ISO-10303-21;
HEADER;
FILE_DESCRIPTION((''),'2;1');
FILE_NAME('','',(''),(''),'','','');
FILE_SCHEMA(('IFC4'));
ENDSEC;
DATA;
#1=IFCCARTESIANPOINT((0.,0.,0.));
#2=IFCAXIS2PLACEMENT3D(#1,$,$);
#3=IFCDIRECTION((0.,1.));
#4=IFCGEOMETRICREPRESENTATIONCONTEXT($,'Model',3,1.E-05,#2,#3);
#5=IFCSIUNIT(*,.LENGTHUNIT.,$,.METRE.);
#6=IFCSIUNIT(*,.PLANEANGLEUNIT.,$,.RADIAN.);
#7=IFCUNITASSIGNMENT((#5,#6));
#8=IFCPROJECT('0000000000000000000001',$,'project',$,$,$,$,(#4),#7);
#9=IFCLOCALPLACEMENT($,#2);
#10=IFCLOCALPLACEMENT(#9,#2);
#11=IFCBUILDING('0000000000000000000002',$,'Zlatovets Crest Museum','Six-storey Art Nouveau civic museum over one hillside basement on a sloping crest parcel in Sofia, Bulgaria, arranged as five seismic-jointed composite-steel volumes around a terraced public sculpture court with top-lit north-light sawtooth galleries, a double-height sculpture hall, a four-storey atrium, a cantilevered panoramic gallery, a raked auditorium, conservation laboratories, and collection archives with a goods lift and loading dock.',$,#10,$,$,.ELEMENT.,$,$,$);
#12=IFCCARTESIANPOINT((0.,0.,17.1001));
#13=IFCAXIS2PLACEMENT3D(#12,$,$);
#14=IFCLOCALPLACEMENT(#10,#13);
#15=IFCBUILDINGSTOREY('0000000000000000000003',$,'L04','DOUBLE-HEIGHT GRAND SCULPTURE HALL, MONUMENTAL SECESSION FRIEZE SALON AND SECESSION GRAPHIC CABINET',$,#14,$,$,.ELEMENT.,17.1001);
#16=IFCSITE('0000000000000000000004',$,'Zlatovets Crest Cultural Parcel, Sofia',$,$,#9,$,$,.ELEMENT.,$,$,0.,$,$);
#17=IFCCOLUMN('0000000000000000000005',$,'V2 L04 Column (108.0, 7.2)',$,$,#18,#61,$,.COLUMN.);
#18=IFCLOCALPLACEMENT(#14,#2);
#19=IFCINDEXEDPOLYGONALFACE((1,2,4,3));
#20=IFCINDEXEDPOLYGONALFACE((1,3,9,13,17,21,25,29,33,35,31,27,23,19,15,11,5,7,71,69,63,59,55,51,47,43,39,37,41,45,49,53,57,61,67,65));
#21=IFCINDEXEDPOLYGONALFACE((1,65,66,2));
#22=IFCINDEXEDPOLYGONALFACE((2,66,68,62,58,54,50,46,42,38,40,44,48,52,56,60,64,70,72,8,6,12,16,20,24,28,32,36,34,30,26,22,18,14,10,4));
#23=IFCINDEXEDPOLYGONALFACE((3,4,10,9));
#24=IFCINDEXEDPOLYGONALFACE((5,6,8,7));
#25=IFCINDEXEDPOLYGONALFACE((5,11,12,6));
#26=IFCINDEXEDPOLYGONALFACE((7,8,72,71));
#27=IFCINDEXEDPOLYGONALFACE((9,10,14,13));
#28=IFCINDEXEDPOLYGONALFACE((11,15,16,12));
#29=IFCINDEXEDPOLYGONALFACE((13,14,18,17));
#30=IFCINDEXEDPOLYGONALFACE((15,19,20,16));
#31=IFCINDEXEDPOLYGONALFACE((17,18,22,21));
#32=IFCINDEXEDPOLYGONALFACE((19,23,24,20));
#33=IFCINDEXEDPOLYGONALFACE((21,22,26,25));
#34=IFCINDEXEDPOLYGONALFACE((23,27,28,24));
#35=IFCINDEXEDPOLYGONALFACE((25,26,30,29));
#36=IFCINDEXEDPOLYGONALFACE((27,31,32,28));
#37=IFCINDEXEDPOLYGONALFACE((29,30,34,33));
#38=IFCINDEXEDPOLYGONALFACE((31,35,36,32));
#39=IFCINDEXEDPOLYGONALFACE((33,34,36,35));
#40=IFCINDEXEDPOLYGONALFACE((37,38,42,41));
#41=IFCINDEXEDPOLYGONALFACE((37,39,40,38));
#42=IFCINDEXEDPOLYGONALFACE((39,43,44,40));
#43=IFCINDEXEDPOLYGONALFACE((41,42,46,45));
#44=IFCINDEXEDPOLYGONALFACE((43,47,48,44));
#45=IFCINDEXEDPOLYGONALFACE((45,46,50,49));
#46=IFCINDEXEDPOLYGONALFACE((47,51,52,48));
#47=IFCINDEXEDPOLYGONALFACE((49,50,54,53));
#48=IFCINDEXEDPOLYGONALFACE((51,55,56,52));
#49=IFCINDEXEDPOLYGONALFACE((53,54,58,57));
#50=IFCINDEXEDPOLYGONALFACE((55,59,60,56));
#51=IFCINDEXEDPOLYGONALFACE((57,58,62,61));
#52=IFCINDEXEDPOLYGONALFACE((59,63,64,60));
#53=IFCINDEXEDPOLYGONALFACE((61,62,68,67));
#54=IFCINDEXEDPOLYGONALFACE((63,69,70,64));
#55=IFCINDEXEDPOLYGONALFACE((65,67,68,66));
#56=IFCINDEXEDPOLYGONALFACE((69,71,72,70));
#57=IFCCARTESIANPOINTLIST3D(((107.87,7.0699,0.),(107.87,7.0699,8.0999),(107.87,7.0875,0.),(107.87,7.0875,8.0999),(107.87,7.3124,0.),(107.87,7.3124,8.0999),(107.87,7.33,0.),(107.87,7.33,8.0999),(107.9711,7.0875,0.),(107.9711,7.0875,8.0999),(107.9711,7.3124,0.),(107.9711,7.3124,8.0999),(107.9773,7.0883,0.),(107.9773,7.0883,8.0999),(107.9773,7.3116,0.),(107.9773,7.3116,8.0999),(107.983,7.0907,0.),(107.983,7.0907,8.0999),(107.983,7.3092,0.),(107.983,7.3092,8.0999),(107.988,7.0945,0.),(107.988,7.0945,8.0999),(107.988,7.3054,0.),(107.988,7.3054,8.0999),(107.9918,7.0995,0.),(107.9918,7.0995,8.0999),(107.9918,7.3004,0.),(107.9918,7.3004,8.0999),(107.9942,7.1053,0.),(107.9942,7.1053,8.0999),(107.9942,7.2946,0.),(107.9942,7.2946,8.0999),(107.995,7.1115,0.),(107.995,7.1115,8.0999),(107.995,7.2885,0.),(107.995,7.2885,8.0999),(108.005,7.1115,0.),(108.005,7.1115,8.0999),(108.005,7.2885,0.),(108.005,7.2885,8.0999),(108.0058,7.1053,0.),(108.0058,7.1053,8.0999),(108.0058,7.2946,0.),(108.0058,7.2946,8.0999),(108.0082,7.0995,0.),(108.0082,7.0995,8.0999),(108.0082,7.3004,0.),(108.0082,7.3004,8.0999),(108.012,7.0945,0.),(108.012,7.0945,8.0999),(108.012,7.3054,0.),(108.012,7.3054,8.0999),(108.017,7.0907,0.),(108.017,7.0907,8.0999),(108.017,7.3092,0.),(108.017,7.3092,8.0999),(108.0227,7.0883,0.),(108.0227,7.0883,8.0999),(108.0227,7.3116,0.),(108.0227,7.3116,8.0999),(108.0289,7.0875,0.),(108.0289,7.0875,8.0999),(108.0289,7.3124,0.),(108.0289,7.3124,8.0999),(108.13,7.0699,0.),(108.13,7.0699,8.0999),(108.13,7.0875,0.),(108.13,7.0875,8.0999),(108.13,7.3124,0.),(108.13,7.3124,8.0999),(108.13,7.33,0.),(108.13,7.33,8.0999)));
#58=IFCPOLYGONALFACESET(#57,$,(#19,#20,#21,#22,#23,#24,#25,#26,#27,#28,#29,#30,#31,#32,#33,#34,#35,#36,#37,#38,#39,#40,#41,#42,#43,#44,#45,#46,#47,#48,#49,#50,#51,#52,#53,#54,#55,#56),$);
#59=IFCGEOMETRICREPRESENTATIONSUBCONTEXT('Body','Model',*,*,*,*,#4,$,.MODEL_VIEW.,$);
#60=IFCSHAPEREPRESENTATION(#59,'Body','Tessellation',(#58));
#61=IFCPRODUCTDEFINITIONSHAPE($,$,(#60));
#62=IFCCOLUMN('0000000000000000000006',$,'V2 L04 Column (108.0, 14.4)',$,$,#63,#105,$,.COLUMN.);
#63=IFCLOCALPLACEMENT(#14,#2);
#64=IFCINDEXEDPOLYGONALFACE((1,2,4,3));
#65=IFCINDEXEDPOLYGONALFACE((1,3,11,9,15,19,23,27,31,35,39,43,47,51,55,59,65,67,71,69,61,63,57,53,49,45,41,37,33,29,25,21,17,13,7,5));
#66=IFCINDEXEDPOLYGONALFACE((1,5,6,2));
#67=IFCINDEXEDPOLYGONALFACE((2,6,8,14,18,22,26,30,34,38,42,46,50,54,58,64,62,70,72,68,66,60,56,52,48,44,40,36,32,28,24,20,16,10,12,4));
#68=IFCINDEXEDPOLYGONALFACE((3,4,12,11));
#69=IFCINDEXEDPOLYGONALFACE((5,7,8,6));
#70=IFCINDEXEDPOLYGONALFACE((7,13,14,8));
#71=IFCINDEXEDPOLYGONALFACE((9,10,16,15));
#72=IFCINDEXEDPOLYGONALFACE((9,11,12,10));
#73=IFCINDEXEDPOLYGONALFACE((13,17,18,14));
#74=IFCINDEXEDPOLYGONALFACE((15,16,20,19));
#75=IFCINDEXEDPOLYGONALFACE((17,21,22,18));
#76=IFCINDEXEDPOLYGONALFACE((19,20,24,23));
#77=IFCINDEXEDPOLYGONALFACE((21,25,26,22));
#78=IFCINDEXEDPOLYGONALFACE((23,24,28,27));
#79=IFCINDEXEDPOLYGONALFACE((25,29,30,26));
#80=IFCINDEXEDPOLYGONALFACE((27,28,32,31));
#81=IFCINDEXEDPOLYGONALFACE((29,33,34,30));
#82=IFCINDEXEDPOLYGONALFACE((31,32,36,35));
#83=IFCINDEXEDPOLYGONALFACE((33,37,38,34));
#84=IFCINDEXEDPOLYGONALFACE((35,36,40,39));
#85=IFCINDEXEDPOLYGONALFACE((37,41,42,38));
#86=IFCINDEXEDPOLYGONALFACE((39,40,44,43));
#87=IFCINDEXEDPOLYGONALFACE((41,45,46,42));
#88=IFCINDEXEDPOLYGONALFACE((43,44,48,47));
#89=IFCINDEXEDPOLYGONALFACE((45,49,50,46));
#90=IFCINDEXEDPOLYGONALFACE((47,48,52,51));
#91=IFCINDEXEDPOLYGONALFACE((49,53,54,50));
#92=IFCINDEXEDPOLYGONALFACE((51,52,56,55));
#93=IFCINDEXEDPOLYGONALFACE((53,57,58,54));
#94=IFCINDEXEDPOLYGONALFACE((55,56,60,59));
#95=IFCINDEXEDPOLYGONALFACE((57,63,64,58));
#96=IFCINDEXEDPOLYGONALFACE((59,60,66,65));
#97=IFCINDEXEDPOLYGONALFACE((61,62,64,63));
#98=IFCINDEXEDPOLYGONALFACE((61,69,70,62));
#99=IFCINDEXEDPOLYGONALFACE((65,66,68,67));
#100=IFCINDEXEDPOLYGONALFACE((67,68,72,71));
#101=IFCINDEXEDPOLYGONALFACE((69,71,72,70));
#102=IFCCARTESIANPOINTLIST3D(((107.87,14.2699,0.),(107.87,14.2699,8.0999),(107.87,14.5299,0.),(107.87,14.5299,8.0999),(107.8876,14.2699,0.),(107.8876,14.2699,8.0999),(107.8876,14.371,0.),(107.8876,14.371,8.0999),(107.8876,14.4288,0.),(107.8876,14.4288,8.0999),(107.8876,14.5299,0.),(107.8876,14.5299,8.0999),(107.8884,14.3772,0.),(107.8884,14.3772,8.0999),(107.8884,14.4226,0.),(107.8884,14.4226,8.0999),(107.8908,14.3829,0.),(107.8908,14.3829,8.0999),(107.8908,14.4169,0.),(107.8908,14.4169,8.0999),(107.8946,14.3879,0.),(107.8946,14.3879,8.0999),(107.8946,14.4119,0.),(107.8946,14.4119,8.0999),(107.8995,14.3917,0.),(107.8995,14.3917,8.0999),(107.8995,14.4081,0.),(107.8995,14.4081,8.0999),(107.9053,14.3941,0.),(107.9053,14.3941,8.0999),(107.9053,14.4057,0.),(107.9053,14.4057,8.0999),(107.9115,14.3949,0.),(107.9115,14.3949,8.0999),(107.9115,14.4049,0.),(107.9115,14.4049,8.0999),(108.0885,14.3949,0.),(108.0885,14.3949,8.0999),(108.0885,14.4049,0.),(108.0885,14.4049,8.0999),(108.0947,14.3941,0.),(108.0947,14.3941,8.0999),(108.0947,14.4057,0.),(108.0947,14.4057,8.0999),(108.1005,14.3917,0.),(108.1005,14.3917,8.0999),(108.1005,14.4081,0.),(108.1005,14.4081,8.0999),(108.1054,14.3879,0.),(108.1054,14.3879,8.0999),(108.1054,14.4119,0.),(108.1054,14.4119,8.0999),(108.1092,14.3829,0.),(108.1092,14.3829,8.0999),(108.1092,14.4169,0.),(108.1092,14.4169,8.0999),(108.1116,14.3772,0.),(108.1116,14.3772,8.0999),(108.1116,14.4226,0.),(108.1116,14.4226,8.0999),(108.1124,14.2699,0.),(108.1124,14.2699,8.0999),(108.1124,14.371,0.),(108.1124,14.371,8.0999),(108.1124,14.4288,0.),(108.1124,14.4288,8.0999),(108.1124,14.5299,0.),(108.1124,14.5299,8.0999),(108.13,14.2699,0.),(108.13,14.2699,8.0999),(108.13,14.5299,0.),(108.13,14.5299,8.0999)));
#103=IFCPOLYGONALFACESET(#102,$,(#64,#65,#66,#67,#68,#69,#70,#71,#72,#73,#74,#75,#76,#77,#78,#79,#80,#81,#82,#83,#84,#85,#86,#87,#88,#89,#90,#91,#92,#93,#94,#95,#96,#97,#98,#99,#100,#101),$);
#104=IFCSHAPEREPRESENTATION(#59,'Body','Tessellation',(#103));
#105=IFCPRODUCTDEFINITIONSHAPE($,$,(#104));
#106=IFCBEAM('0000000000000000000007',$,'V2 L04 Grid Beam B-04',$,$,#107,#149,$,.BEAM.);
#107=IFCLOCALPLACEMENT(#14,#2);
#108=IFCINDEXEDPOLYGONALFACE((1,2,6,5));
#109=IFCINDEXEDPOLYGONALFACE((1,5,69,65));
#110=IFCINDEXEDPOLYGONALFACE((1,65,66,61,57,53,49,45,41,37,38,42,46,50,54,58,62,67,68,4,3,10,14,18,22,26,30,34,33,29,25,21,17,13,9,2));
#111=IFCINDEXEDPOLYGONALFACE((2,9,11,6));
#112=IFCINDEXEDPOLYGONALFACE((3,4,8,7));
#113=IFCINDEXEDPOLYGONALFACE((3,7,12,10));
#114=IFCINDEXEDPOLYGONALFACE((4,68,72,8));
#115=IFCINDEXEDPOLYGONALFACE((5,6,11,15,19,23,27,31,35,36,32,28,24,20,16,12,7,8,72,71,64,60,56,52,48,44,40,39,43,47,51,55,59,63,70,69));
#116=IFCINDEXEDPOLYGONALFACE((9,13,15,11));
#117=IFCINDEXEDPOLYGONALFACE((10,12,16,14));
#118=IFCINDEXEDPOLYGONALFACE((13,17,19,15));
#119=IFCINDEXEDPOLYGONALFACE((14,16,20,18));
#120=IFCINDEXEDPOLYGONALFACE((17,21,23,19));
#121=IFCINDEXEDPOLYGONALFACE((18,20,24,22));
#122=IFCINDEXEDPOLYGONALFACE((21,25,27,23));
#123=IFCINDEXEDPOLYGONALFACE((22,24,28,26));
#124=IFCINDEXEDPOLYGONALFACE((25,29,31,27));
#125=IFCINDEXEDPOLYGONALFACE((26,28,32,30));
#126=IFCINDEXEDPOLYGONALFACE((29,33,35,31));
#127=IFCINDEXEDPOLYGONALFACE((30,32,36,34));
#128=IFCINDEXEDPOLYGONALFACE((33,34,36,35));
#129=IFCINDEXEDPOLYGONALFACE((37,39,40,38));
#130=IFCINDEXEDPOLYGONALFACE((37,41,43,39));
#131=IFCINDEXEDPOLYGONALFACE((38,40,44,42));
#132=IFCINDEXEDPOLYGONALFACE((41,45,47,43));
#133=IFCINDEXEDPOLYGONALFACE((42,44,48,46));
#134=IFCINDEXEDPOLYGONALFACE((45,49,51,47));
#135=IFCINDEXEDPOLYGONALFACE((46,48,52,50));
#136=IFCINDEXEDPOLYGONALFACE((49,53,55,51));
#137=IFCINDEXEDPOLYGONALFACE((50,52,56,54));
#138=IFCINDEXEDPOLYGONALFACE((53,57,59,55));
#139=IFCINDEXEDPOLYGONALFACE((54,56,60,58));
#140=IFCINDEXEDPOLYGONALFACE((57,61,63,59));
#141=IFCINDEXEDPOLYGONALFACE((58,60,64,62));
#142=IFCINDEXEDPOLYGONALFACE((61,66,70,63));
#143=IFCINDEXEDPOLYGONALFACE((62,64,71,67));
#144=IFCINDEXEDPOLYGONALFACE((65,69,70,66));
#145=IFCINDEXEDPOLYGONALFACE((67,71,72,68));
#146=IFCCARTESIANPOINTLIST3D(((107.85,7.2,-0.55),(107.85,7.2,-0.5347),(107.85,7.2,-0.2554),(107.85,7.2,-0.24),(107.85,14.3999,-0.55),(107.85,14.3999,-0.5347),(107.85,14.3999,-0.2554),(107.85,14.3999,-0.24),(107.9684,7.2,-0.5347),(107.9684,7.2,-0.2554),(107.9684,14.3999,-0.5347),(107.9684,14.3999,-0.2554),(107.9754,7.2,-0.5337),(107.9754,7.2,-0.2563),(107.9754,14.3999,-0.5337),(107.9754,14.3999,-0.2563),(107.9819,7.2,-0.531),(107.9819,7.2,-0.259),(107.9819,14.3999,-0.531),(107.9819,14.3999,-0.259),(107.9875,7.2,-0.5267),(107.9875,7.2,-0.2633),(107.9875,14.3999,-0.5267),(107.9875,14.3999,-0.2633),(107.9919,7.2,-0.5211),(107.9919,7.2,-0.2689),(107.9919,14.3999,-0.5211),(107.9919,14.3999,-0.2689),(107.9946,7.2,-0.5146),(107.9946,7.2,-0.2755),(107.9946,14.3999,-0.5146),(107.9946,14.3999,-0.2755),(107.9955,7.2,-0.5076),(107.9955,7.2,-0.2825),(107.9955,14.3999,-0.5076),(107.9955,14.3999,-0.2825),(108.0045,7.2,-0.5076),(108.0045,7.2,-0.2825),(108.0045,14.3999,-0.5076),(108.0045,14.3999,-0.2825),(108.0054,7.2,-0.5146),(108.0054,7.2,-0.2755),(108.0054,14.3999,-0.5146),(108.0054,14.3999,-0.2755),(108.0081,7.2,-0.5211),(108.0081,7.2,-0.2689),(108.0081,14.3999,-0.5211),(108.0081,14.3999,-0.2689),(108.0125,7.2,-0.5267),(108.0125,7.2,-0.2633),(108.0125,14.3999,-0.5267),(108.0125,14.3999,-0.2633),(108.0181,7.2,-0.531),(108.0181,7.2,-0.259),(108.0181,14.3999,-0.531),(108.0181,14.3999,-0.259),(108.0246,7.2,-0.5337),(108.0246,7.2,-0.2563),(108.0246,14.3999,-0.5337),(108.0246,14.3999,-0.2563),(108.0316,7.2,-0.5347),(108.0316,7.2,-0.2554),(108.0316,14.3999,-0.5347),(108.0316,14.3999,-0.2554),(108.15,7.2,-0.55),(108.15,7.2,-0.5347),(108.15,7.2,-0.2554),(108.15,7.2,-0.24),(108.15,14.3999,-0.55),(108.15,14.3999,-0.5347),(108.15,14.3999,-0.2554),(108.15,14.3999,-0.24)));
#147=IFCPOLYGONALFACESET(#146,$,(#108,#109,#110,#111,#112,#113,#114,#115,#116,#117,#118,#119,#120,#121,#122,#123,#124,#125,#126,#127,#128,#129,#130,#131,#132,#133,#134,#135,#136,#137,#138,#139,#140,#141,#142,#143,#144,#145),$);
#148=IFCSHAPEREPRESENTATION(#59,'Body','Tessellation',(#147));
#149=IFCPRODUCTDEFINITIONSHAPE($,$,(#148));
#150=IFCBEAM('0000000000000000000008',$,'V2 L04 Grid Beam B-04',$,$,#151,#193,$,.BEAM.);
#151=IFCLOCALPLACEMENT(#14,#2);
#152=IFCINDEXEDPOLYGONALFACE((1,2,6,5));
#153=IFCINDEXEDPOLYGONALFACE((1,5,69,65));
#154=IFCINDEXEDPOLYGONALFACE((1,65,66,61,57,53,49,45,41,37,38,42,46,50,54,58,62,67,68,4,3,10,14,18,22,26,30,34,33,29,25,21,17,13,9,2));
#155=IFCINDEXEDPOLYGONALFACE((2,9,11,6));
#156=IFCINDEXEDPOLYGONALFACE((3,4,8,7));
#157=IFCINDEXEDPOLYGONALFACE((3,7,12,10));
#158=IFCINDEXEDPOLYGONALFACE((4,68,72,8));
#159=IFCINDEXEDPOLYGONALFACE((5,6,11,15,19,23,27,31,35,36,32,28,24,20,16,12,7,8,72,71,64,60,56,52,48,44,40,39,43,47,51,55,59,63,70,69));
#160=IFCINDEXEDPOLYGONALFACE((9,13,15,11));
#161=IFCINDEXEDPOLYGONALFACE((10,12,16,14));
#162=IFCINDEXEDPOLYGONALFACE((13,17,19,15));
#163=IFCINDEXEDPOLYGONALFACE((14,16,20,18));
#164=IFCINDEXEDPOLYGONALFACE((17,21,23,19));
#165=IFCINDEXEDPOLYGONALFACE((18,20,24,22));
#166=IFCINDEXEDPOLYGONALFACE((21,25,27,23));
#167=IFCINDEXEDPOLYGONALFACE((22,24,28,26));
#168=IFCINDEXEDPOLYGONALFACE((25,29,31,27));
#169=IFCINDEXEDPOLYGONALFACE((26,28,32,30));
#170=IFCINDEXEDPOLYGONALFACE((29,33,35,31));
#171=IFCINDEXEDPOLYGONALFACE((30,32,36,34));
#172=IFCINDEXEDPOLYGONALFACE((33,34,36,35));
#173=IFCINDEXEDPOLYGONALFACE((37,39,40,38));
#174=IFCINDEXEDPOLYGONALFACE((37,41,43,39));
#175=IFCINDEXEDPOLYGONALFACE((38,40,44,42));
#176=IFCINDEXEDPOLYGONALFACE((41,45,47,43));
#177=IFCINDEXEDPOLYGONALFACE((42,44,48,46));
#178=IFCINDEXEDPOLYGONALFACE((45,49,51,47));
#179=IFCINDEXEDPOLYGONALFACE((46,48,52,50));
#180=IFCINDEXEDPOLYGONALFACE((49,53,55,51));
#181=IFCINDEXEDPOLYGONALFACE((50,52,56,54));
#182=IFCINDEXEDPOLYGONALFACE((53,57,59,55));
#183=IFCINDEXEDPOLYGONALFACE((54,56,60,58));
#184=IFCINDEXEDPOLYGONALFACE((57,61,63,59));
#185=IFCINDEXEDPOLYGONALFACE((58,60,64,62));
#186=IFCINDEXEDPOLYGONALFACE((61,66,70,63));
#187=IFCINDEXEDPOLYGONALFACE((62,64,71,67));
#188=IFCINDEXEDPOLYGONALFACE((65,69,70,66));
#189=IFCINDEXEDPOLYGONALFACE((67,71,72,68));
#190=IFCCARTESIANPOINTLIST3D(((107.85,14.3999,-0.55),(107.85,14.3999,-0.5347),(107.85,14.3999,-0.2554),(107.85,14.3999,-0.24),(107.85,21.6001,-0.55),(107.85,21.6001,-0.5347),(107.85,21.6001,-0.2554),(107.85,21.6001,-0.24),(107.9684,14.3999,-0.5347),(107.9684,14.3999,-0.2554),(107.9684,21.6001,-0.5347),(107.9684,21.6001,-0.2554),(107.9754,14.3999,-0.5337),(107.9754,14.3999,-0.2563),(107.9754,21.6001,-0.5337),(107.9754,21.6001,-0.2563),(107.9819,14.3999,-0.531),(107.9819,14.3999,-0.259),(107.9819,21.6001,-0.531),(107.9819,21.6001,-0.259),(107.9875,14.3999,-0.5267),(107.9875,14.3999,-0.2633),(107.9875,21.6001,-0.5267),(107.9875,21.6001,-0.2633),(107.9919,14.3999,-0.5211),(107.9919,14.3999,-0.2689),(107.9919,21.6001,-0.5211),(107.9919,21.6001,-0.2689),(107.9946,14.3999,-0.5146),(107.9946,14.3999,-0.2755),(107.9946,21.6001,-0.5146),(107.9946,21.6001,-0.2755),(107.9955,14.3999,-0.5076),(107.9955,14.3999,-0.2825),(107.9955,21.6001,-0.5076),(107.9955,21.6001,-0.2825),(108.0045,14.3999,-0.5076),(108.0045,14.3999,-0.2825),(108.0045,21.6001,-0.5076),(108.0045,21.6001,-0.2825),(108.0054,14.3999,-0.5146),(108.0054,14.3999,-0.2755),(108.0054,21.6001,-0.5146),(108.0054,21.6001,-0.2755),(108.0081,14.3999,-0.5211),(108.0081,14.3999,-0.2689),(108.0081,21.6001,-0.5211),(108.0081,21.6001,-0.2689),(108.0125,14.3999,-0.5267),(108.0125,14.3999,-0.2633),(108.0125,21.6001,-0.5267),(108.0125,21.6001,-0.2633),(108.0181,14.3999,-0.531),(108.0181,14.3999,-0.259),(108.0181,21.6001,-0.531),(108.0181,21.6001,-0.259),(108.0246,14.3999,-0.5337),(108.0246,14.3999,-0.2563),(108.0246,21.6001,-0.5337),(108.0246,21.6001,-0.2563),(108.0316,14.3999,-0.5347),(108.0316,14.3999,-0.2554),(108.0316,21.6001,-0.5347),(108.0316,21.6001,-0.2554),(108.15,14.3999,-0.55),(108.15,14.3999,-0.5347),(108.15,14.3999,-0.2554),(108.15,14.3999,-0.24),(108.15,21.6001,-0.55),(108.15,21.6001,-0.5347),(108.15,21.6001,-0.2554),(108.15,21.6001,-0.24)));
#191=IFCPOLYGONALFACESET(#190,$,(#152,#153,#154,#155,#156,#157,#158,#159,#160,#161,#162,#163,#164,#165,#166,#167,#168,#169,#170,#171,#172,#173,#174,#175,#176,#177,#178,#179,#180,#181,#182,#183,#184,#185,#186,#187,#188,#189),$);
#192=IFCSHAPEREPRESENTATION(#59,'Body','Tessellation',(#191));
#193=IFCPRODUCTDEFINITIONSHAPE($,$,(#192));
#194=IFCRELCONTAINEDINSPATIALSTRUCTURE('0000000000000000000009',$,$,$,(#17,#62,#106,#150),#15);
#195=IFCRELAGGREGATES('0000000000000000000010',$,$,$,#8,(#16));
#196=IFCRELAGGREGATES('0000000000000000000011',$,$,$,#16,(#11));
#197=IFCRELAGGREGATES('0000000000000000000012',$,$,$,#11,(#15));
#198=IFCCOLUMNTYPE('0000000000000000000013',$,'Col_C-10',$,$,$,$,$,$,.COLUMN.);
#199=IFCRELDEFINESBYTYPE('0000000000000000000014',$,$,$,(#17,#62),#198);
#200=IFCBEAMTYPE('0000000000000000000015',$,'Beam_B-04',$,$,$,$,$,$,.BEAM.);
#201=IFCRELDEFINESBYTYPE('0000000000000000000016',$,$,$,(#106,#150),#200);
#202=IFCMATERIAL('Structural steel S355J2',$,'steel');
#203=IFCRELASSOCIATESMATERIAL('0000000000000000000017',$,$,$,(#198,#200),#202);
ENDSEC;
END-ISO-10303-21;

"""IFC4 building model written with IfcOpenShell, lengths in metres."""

from ifc_helpers import new_model, si_unit, direction, frame, origin, origin_2d, place, context, subcontext, project, spatial, i_section, extrude, material, material_profile, profile_set, type_object, element, save


model = new_model("IFC4")

# Units and contexts
model_context = context("Model", 3, precision=1e-05, world=origin(), true_north=direction((0.0, 1.0)))
body_context = subcontext(model_context, "Body", "Model", "MODEL_VIEW")
ifc_project = project(units=[si_unit("LENGTHUNIT", "METRE"), si_unit("PLANEANGLEUNIT", "RADIAN")], contexts=[model_context])

# Site, building, storey
site_placement = place(None, origin())
site = spatial("IfcSite", under=ifc_project, at=site_placement, Name="Zlatovets Crest Cultural Parcel, Sofia", CompositionType="ELEMENT", RefElevation=0.0)
building_placement = place(site_placement, origin())
building = spatial("IfcBuilding", under=site, at=building_placement, Name="Zlatovets Crest Museum", Description="Six-storey Art Nouveau civic museum over one hillside basement on a sloping crest parcel in Sofia, Bulgaria, arranged as five seismic-jointed composite-steel volumes around a terraced public sculpture court with top-lit north-light sawtooth galleries, a double-height sculpture hall, a four-storey atrium, a cantilevered panoramic gallery, a raked auditorium, conservation laboratories, and collection archives with a goods lift and loading dock.", CompositionType="ELEMENT")
storey_placement = place(building_placement, frame((0.0, 0.0, 17.1001)))
storey = spatial("IfcBuildingStorey", under=building, at=storey_placement, Name="L04", Description="DOUBLE-HEIGHT GRAND SCULPTURE HALL, MONUMENTAL SECESSION FRIEZE SALON AND SECESSION GRAPHIC CABINET", CompositionType="ELEMENT", Elevation=17.1001)

# Columns
ifc_material_1 = material(Name="Structural steel S355J2", Category="steel")
ifc_material_profile_1 = material_profile(ifc_material_1, i_section(OverallWidth=0.26, OverallDepth=0.26, WebThickness=0.01, FlangeThickness=0.0176, FilletRadius=0.0239, at=origin_2d()), Name="HEB 260")
ifc_profile_set_1 = profile_set([ifc_material_profile_1], Name="Structural steel S355J2")
column_type = type_object("IfcColumnType", Name="Col_C-10", PredefinedType="COLUMN", material=ifc_profile_set_1)
for number, where, z_axis, x_axis, name in (
    (1, (108.0, 7.2, 0.0), (0.0, 0.0, 1.0), (1.0, 0.0, 0.0), "V2 L04 Column (108.0, 7.2)"),
    (2, (108.0, 14.3999, 0.0), (0.0, 0.0, 1.0), (0.0, 1.0, 0.0), "V2 L04 Column (108.0, 14.4)"),
):
    element("IfcColumn", number, at=place(storey_placement, frame(where, z_axis=z_axis, x_axis=x_axis)), inside=storey, type_object=column_type, Name=name, PredefinedType="COLUMN", context=body_context, shape_type="SweptSolid", body=[
        extrude(i_section(OverallWidth=0.26, OverallDepth=0.26, WebThickness=0.01, FlangeThickness=0.0176, FilletRadius=0.0239, at=origin_2d()), origin(), (0.0, 0.0, 1.0), 8.0999),
    ])

# Beams
ifc_material_profile_2 = material_profile(ifc_material_1, i_section(OverallWidth=0.3, OverallDepth=0.3101, WebThickness=0.009, FlangeThickness=0.0154, FilletRadius=0.0271, at=origin_2d()), Name="HEA 320")
ifc_profile_set_2 = profile_set([ifc_material_profile_2], Name="Structural steel S355J2")
beam_type_1 = type_object("IfcBeamType", Name="Beam_B-04", PredefinedType="BEAM", material=ifc_profile_set_2)
beam_1_placement = place(storey_placement, frame((108.0, 7.2, -0.395), z_axis=(0.0, 1.0, 0.0), x_axis=(-1.0, 0.0, 0.0)))
element("IfcBeam", 3, at=beam_1_placement, inside=storey, type_object=beam_type_1, Name="V2 L04 Grid Beam B-04", PredefinedType="BEAM", context=body_context, shape_type="SweptSolid", body=[
    extrude(i_section(OverallWidth=0.3, OverallDepth=0.3101, WebThickness=0.009, FlangeThickness=0.0154, FilletRadius=0.0271, at=origin_2d()), origin(), (0.0, 0.0, 1.0), 7.2),
])
beam_2_placement = place(storey_placement, frame((108.0, 14.3999, -0.395), z_axis=(0.0, 1.0, 0.0), x_axis=(-1.0, 0.0, 0.0)))
element("IfcBeam", 4, at=beam_2_placement, inside=storey, type_object=beam_type_1, Name="V2 L04 Grid Beam B-04", PredefinedType="BEAM", context=body_context, shape_type="SweptSolid", body=[
    extrude(i_section(OverallWidth=0.3, OverallDepth=0.3101, WebThickness=0.009, FlangeThickness=0.0154, FilletRadius=0.0271, at=origin_2d()), origin(), (0.0, 0.0, 1.0), 7.2002),
])

save(model, "model.ifc")
